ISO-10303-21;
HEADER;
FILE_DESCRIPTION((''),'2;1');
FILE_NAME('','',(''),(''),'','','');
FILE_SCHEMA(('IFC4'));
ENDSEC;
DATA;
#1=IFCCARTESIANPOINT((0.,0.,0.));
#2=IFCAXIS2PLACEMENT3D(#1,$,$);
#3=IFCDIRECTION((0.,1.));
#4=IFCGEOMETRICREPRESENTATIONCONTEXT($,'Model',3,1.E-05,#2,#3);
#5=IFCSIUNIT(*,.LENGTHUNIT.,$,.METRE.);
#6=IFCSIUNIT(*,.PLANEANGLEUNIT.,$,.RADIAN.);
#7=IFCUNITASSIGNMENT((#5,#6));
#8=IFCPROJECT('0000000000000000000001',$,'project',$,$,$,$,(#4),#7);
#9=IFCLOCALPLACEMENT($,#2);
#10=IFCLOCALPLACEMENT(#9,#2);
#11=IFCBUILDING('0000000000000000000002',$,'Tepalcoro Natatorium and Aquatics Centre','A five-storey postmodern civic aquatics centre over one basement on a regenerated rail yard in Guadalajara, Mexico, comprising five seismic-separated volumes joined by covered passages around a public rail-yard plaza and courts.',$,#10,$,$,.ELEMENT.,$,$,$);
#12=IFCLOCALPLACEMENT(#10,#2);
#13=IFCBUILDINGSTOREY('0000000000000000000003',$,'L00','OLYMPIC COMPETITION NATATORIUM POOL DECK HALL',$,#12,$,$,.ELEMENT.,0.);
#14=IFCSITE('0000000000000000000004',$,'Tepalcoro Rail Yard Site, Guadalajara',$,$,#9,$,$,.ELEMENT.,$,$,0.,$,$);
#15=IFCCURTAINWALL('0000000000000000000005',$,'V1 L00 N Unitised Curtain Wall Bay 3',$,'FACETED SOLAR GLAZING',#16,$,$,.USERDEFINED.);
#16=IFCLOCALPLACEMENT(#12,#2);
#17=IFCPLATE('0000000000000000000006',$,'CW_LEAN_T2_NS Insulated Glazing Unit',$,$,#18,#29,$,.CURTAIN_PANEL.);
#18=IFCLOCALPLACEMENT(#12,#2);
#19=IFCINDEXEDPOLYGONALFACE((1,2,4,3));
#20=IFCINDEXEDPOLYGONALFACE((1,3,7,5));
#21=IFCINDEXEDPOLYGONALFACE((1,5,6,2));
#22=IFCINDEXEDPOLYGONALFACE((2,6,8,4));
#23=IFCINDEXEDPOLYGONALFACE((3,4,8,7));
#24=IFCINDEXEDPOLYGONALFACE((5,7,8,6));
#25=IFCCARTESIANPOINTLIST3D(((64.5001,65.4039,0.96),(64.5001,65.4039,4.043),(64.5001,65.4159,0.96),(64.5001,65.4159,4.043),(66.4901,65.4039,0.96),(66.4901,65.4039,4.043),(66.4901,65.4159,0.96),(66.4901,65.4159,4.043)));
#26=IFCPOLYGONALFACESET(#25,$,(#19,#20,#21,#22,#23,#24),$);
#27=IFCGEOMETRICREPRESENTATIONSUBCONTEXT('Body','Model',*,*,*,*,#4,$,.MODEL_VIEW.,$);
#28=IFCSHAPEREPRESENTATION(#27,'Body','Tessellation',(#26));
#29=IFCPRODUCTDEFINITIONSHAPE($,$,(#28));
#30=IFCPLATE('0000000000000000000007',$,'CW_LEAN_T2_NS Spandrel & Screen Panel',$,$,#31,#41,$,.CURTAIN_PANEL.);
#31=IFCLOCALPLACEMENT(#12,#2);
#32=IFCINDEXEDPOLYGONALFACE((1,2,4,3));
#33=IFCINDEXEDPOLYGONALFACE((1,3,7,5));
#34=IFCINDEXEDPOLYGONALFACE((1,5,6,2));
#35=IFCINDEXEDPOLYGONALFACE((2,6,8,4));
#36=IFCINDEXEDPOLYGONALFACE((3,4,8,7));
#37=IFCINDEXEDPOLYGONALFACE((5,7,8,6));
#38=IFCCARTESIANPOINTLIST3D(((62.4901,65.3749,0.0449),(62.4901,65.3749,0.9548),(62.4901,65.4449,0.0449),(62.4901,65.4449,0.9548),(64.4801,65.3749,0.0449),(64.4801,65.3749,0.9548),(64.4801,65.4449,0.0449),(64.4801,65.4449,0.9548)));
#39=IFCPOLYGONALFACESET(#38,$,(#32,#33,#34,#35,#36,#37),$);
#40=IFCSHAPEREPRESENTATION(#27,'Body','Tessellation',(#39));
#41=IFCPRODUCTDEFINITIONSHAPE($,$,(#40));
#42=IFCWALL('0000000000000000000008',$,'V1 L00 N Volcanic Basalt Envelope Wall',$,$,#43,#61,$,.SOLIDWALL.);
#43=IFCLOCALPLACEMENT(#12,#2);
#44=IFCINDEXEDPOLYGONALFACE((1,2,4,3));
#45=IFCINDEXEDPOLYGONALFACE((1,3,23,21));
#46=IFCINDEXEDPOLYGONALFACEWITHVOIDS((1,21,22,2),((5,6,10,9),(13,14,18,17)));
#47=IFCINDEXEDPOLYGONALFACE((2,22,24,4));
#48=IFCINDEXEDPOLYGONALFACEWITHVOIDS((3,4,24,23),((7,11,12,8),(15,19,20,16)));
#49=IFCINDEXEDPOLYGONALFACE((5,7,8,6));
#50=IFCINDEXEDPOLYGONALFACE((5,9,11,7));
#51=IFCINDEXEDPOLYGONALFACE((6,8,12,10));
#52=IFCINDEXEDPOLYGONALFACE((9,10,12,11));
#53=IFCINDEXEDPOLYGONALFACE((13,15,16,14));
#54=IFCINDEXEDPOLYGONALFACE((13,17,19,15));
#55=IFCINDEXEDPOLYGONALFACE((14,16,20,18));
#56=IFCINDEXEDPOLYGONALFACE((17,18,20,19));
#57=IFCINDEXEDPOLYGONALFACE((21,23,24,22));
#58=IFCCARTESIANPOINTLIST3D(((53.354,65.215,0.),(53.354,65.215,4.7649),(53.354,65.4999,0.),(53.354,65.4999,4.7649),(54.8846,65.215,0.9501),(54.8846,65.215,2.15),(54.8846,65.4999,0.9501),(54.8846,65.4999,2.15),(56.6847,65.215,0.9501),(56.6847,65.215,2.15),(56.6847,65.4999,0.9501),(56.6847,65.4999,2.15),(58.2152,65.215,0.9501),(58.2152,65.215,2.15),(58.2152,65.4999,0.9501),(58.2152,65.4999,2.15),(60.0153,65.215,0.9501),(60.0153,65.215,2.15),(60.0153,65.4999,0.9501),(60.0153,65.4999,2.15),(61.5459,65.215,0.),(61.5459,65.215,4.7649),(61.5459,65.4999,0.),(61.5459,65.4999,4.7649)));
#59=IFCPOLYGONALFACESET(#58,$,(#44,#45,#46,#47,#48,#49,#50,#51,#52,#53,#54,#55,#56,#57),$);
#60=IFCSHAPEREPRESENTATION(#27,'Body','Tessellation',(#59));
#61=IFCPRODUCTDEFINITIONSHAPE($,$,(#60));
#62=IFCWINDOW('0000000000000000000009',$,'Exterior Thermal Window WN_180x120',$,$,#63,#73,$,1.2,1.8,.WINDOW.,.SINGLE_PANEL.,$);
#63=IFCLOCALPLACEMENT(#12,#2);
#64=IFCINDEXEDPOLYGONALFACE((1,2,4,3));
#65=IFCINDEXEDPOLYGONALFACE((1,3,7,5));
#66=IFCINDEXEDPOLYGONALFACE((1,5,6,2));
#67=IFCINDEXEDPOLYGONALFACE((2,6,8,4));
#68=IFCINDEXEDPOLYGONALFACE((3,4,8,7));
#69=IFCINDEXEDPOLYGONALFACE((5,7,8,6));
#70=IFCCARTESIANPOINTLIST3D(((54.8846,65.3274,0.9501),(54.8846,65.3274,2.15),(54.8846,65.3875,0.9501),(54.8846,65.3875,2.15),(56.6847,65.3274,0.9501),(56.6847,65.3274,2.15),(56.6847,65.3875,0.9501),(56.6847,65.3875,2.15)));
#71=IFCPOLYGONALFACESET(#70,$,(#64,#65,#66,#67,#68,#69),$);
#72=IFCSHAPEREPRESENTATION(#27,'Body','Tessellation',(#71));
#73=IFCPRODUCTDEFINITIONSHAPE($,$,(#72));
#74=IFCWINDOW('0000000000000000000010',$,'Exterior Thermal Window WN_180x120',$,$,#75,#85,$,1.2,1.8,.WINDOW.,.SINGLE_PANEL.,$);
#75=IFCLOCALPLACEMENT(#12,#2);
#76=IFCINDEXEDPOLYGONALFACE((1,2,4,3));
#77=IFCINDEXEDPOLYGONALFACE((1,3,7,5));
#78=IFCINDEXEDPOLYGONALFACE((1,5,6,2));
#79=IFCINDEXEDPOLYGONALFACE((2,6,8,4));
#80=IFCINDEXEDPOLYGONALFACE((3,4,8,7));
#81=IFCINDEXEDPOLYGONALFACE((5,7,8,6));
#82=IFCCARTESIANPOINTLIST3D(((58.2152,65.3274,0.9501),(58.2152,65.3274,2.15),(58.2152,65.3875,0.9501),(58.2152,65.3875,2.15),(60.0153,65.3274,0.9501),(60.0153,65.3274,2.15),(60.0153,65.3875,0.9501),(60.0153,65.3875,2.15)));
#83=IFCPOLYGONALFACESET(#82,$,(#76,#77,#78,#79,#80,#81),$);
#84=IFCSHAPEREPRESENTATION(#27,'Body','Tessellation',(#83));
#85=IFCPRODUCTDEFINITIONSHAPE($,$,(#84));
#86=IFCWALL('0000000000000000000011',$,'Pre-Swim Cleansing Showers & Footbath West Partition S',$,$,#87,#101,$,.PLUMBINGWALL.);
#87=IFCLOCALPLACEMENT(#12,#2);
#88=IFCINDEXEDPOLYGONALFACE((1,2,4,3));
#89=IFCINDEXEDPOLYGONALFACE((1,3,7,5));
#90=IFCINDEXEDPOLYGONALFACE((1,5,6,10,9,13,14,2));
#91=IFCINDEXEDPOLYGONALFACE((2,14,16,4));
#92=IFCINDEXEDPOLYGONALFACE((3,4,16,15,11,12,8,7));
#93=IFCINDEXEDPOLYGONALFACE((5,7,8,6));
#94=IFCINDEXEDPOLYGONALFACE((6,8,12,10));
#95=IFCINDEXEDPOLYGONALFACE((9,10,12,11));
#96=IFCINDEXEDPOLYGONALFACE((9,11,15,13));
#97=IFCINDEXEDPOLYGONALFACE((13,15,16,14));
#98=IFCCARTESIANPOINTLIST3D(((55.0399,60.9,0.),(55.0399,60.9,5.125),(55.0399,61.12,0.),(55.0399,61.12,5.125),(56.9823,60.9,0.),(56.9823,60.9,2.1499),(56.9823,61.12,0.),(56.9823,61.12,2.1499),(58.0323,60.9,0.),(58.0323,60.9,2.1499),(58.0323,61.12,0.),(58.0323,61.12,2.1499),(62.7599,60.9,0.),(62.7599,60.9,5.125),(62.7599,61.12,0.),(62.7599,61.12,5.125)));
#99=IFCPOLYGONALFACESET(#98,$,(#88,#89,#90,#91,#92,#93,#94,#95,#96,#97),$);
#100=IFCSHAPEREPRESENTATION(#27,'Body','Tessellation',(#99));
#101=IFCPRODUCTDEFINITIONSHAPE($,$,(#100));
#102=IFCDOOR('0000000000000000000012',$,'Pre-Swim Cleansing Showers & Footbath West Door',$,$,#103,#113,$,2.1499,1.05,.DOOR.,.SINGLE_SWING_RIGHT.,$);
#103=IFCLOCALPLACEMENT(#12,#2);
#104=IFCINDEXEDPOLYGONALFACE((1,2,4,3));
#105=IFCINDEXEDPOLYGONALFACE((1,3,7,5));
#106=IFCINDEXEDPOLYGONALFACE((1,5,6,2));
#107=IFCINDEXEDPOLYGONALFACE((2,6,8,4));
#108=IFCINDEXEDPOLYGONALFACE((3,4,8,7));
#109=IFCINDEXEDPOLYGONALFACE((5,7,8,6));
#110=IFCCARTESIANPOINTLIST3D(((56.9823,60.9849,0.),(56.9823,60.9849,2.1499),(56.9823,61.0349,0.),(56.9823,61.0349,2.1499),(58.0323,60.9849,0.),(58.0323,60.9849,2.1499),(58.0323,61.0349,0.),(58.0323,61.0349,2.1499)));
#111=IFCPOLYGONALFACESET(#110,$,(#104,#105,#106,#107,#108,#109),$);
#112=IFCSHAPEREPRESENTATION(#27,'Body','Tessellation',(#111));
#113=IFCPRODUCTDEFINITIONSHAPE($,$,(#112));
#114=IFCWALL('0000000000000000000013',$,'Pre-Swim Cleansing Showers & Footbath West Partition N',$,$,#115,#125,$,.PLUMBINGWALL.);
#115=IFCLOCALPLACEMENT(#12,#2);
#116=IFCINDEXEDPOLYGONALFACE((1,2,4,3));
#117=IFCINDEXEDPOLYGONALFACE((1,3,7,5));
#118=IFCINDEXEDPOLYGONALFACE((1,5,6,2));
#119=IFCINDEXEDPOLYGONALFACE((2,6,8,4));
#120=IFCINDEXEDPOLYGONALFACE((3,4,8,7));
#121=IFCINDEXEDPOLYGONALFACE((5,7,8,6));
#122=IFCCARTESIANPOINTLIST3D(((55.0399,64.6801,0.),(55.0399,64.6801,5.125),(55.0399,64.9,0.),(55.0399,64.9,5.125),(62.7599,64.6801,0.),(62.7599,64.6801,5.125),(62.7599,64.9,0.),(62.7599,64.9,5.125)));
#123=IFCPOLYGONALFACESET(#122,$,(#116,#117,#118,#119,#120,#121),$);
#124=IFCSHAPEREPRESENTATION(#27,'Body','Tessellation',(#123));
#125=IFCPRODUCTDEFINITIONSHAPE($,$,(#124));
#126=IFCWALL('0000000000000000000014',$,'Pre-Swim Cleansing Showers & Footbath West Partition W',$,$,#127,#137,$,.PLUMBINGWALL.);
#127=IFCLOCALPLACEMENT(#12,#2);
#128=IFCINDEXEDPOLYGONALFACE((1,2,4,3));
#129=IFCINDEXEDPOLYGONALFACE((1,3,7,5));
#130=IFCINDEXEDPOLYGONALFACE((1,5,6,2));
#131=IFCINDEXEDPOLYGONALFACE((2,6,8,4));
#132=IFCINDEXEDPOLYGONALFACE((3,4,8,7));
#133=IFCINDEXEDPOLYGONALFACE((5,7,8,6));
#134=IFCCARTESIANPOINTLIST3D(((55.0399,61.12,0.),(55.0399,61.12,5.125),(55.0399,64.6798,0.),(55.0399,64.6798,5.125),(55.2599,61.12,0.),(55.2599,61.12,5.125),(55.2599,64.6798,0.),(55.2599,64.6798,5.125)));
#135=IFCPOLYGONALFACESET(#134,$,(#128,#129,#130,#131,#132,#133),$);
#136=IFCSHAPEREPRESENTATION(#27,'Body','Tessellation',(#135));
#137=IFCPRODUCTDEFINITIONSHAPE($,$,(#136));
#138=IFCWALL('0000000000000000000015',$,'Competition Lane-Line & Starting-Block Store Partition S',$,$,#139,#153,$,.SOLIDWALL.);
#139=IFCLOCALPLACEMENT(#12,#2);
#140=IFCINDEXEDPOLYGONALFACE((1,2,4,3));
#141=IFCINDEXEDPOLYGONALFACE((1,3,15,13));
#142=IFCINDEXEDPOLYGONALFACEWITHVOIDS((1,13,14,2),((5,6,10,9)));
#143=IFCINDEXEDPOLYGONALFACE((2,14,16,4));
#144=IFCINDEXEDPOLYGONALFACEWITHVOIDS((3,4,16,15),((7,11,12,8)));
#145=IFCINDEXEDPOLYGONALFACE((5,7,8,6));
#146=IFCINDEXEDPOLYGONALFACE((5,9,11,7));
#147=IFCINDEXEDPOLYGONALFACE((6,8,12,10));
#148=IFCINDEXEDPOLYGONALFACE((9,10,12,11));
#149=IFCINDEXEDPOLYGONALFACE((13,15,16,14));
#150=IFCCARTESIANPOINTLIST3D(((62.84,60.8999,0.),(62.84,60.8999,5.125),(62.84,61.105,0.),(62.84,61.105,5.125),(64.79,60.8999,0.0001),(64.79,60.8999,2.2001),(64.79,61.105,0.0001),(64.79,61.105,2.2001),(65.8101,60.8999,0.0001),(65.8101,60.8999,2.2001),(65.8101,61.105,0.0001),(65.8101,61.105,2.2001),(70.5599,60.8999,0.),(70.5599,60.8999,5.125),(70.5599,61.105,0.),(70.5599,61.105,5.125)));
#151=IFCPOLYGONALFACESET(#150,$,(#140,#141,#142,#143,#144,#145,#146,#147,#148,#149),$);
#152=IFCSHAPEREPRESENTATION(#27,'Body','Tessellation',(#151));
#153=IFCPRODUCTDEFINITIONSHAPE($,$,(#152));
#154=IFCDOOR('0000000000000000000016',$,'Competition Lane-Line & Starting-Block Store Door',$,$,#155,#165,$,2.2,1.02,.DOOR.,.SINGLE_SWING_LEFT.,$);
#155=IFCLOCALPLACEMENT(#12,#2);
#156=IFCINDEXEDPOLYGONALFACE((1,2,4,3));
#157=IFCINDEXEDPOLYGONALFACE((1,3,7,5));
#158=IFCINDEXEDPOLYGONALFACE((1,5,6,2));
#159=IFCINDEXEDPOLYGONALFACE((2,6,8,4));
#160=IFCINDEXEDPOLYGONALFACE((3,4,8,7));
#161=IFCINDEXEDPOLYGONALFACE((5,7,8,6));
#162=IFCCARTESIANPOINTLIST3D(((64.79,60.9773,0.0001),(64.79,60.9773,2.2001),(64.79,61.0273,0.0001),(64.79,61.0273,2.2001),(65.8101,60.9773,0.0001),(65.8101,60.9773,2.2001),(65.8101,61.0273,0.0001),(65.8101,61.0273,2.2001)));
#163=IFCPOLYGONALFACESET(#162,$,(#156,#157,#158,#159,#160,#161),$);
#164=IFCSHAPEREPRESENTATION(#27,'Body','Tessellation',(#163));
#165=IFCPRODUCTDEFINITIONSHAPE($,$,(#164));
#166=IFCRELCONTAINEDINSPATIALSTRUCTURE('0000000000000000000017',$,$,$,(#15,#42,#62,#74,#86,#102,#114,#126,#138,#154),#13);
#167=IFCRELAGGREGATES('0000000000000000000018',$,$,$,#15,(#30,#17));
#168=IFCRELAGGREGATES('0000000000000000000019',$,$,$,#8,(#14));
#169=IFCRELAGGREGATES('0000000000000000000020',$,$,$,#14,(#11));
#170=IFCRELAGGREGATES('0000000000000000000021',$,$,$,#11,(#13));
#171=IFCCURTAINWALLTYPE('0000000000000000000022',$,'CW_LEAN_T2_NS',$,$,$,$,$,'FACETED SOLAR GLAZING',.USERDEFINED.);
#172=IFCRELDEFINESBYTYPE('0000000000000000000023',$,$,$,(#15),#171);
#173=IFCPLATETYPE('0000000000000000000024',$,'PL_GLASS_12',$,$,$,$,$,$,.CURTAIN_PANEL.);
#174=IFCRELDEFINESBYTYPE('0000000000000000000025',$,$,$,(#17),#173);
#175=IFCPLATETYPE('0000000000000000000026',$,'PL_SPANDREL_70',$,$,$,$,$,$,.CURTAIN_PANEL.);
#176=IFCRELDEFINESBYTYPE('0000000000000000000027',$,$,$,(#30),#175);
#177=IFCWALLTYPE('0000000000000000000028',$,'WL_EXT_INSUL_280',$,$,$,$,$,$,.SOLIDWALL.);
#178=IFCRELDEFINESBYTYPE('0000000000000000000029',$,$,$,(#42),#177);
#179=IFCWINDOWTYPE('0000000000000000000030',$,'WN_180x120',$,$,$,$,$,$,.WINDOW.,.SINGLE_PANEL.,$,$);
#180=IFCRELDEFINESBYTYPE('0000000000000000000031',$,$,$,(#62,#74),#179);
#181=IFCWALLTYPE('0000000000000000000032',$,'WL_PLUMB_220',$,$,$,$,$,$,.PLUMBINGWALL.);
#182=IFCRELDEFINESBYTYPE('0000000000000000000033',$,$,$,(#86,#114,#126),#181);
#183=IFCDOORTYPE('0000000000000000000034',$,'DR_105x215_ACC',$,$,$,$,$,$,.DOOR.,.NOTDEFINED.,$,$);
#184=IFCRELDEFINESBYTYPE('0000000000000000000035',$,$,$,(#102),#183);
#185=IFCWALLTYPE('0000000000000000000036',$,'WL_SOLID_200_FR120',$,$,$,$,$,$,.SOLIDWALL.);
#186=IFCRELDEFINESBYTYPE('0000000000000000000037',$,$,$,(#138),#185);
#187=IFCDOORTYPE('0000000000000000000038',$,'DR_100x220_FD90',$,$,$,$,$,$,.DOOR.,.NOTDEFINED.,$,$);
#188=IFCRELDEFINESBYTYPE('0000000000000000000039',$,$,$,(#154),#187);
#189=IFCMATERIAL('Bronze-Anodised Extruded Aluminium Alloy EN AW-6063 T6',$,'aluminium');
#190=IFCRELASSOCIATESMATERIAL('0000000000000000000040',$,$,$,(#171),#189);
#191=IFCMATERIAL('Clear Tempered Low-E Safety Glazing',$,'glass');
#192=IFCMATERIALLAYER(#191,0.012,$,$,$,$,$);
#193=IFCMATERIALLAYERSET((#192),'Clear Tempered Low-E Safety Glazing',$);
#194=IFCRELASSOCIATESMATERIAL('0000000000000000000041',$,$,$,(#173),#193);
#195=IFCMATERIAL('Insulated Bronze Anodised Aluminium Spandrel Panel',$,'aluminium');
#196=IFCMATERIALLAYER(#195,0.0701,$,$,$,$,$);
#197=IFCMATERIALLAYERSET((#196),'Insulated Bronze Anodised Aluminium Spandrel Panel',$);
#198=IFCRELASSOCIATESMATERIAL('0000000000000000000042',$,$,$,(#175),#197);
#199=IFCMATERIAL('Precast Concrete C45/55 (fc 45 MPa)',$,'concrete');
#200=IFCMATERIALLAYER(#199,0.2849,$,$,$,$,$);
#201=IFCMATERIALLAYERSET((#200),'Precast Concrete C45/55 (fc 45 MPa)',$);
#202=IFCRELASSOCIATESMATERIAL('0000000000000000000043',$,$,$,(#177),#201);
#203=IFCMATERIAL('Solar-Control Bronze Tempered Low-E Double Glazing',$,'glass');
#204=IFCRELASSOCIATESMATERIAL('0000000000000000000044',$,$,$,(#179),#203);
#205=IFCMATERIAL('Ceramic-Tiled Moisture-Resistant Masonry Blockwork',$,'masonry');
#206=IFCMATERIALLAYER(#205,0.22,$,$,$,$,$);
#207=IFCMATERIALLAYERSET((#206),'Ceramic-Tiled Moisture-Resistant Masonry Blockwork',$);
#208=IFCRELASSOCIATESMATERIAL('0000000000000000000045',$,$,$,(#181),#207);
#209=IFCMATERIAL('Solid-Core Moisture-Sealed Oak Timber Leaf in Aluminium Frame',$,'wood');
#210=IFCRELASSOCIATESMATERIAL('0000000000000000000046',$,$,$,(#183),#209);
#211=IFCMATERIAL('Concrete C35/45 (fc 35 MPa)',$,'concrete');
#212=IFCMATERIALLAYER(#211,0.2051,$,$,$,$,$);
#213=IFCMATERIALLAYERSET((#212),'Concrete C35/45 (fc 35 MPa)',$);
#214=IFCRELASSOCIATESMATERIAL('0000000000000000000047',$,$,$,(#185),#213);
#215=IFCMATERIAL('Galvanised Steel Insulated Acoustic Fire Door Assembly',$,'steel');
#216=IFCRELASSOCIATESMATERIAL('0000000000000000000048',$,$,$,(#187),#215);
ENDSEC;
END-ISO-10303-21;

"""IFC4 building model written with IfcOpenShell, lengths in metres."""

from ifc_helpers import new_model, si_unit, direction, frame, frame_2d, origin, origin_2d, place, context, subcontext, project, spatial, rectangle, extrude, material, layer, layer_set, type_object, element, fill, aggregate, save


model = new_model("IFC4")

# Units and contexts
model_context = context("Model", 3, precision=1e-05, world=origin(), true_north=direction((0.0, 1.0)))
body_context = subcontext(model_context, "Body", "Model", "MODEL_VIEW")
ifc_project = project(units=[si_unit("LENGTHUNIT", "METRE"), si_unit("PLANEANGLEUNIT", "RADIAN")], contexts=[model_context])

# Site, building, storey
site_placement = place(None, origin())
site = spatial("IfcSite", under=ifc_project, at=site_placement, Name="Tepalcoro Rail Yard Site, Guadalajara", CompositionType="ELEMENT", RefElevation=0.0)
building_placement = place(site_placement, origin())
building = spatial("IfcBuilding", under=site, at=building_placement, Name="Tepalcoro Natatorium and Aquatics Centre", Description="A five-storey postmodern civic aquatics centre over one basement on a regenerated rail yard in Guadalajara, Mexico, comprising five seismic-separated volumes joined by covered passages around a public rail-yard plaza and courts.", CompositionType="ELEMENT")
storey_placement = place(building_placement, origin())
storey = spatial("IfcBuildingStorey", under=building, at=storey_placement, Name="L00", Description="OLYMPIC COMPETITION NATATORIUM POOL DECK HALL", CompositionType="ELEMENT", Elevation=0.0)

# Curtain wall
ifc_material_1 = material(Name="Bronze-Anodised Extruded Aluminium Alloy EN AW-6063 T6", Category="aluminium")
curtain_wall_type = type_object("IfcCurtainWallType", Name="CW_LEAN_T2_NS", ElementType="FACETED SOLAR GLAZING", PredefinedType="USERDEFINED", material=ifc_material_1)
curtain_wall_placement = place(storey_placement, origin())
curtain_wall = element("IfcCurtainWall", 1, at=curtain_wall_placement, inside=storey, type_object=curtain_wall_type, Name="V1 L00 N Unitised Curtain Wall Bay 3", ObjectType="FACETED SOLAR GLAZING", PredefinedType="USERDEFINED")

# Plates
ifc_material_2 = material(Name="Solar-Control Bronze Tempered Low-E Double Glazing", Category="glass")
ifc_material_3 = material(Name="Clear Tempered Low-E Safety Glazing", Category="glass")
ifc_layer_1 = layer(ifc_material_3, 0.012)
ifc_layer_set_1 = layer_set([ifc_layer_1], Name="Clear Tempered Low-E Safety Glazing")
plate_type_1 = type_object("IfcPlateType", Name="PL_GLASS_12", PredefinedType="CURTAIN_PANEL", material=ifc_layer_set_1)
plate_1_placement = place(storey_placement, frame((65.4951, 65.4099, 0.96), z_axis=(0.0, 0.0, 1.0), x_axis=(1.0, 0.0, 0.0)))
plate_1 = element("IfcPlate", 2, at=plate_1_placement, type_object=plate_type_1, Name="CW_LEAN_T2_NS Insulated Glazing Unit", PredefinedType="CURTAIN_PANEL", context=body_context, shape_type="SweptSolid", body=[
    extrude(rectangle(XDim=1.99, YDim=0.012, at=origin_2d()), origin(), (0.0, 0.0, 1.0), 3.083),
])
ifc_material_4 = material(Name="Insulated Bronze Anodised Aluminium Spandrel Panel", Category="aluminium")
ifc_layer_2 = layer(ifc_material_4, 0.0701)
ifc_layer_set_2 = layer_set([ifc_layer_2], Name="Insulated Bronze Anodised Aluminium Spandrel Panel")
plate_type_2 = type_object("IfcPlateType", Name="PL_SPANDREL_70", PredefinedType="CURTAIN_PANEL", material=ifc_layer_set_2)
plate_2_placement = place(storey_placement, frame((63.4851, 65.4099, 0.0449), z_axis=(0.0, 0.0, 1.0), x_axis=(1.0, 0.0, 0.0)))
plate_2 = element("IfcPlate", 3, at=plate_2_placement, type_object=plate_type_2, Name="CW_LEAN_T2_NS Spandrel & Screen Panel", PredefinedType="CURTAIN_PANEL", context=body_context, shape_type="SweptSolid", body=[
    extrude(rectangle(XDim=1.99, YDim=0.0701, at=origin_2d()), origin(), (0.0, 0.0, 1.0), 0.9099),
])
aggregate(curtain_wall, [plate_2, plate_1])

# Wall, openings, windows
ifc_material_5 = material(Name="Precast Concrete C45/55 (fc 45 MPa)", Category="concrete")
ifc_layer_3 = layer(ifc_material_5, 0.2849)
ifc_layer_set_3 = layer_set([ifc_layer_3], Name="Precast Concrete C45/55 (fc 45 MPa)")
wall_type_1 = type_object("IfcWallType", Name="WL_EXT_INSUL_280", PredefinedType="SOLIDWALL", material=ifc_layer_set_3)
wall_1_placement = place(storey_placement, frame((53.354, 65.3574, 0.0), z_axis=(0.0, 0.0, 1.0), x_axis=(1.0, 0.0, 0.0)))
wall_1 = element("IfcWall", 4, at=wall_1_placement, inside=storey, type_object=wall_type_1, Name="V1 L00 N Volcanic Basalt Envelope Wall", PredefinedType="SOLIDWALL", context=body_context, shape_type="SweptSolid", body=[
    extrude(rectangle(XDim=8.1919, YDim=0.2849, at=frame_2d((4.0959, 0.0))), origin(), (0.0, 0.0, 1.0), 4.7649),
])
opening_1_placement = place(wall_1_placement, frame((1.5308, 0.0, 0.95)))
opening_1 = element("IfcOpeningElement", 5, at=opening_1_placement, cuts=wall_1, PredefinedType="OPENING", context=body_context, shape_type="SweptSolid", body=[
    extrude(rectangle(XDim=1.8, YDim=1.2, at=frame_2d((0.8999, 0.6001))), frame((0.0, 0.1543, 0.0), z_axis=(0.0, -1.0, 0.0), x_axis=(1.0, 0.0, 0.0)), (0.0, 0.0, 1.0), 0.3088),
])
opening_2_placement = place(wall_1_placement, frame((4.8613, 0.0, 0.95)))
opening_2 = element("IfcOpeningElement", 6, at=opening_2_placement, cuts=wall_1, PredefinedType="OPENING", context=body_context, shape_type="SweptSolid", body=[
    extrude(rectangle(XDim=1.8, YDim=1.2, at=frame_2d((0.8999, 0.6001))), frame((0.0, 0.1543, 0.0), z_axis=(0.0, -1.0, 0.0), x_axis=(1.0, 0.0, 0.0)), (0.0, 0.0, 1.0), 0.3088),
])
window_type = type_object("IfcWindowType", Name="WN_180x120", PartitioningType="SINGLE_PANEL", PredefinedType="WINDOW", material=ifc_material_2)
window_1_placement = place(opening_1_placement, origin())
window_1 = element("IfcWindow", 7, at=window_1_placement, inside=storey, type_object=window_type, Name="Exterior Thermal Window WN_180x120", OverallHeight=1.2, OverallWidth=1.8, PartitioningType="SINGLE_PANEL", PredefinedType="WINDOW", context=body_context, shape_type="SweptSolid", body=[
    extrude(rectangle(XDim=1.8, YDim=1.2, at=frame_2d((0.8999, 0.6001))), frame((0.0, 0.03, 0.0), z_axis=(0.0, -1.0, 0.0), x_axis=(1.0, 0.0, 0.0)), (0.0, 0.0, 1.0), 0.0601),
])
fill(opening_1, window_1)
window_2_placement = place(opening_2_placement, origin())
window_2 = element("IfcWindow", 8, at=window_2_placement, inside=storey, type_object=window_type, Name="Exterior Thermal Window WN_180x120", OverallHeight=1.2, OverallWidth=1.8, PartitioningType="SINGLE_PANEL", PredefinedType="WINDOW", context=body_context, shape_type="SweptSolid", body=[
    extrude(rectangle(XDim=1.8, YDim=1.2, at=frame_2d((0.8999, 0.6001))), frame((0.0, 0.03, 0.0), z_axis=(0.0, -1.0, 0.0), x_axis=(1.0, 0.0, 0.0)), (0.0, 0.0, 1.0), 0.0601),
])
fill(opening_2, window_2)

# Wall, opening, door
ifc_material_6 = material(Name="Ceramic-Tiled Moisture-Resistant Masonry Blockwork", Category="masonry")
ifc_layer_4 = layer(ifc_material_6, 0.22)
ifc_layer_set_4 = layer_set([ifc_layer_4], Name="Ceramic-Tiled Moisture-Resistant Masonry Blockwork")
wall_type_2 = type_object("IfcWallType", Name="WL_PLUMB_220", PredefinedType="PLUMBINGWALL", material=ifc_layer_set_4)
wall_2_placement = place(storey_placement, frame((55.04, 61.01, 0.0), z_axis=(0.0, 0.0, 1.0), x_axis=(1.0, 0.0, 0.0)))
wall_2 = element("IfcWall", 9, at=wall_2_placement, inside=storey, type_object=wall_type_2, Name="Pre-Swim Cleansing Showers & Footbath West Partition S", PredefinedType="PLUMBINGWALL", context=body_context, shape_type="SweptSolid", body=[
    extrude(rectangle(XDim=7.72, YDim=0.22, at=frame_2d((3.8599, 0.0))), origin(), (0.0, 0.0, 1.0), 5.125),
])
opening_3_placement = place(wall_2_placement, frame((1.9424, 0.0, 0.0)))
opening_3 = element("IfcOpeningElement", 10, at=opening_3_placement, cuts=wall_2, PredefinedType="OPENING", context=body_context, shape_type="SweptSolid", body=[
    extrude(rectangle(XDim=1.05, YDim=2.1499, at=frame_2d((0.5249, 1.075))), frame((0.0, 0.1221, 0.0), z_axis=(0.0, -1.0, 0.0), x_axis=(1.0, 0.0, 0.0)), (0.0, 0.0, 1.0), 0.2439),
])
ifc_material_7 = material(Name="Solid-Core Moisture-Sealed Oak Timber Leaf in Aluminium Frame", Category="wood")
door_type_1 = type_object("IfcDoorType", Name="DR_105x215_ACC", OperationType="NOTDEFINED", PredefinedType="DOOR", material=ifc_material_7)
door_1_placement = place(opening_3_placement, origin())
door_1 = element("IfcDoor", 11, at=door_1_placement, inside=storey, type_object=door_type_1, Name="Pre-Swim Cleansing Showers & Footbath West Door", OperationType="SINGLE_SWING_RIGHT", OverallHeight=2.1499, OverallWidth=1.05, PredefinedType="DOOR", context=body_context, shape_type="SweptSolid", body=[
    extrude(rectangle(XDim=1.05, YDim=2.1499, at=frame_2d((0.5249, 1.075))), frame((0.0, 0.0249, 0.0), z_axis=(0.0, -1.0, 0.0), x_axis=(1.0, 0.0, 0.0)), (0.0, 0.0, 1.0), 0.05),
])
fill(opening_3, door_1)

# Walls
wall_3_placement = place(storey_placement, frame((55.04, 64.79, 0.0), z_axis=(0.0, 0.0, 1.0), x_axis=(1.0, 0.0, 0.0)))
element("IfcWall", 12, at=wall_3_placement, inside=storey, type_object=wall_type_2, Name="Pre-Swim Cleansing Showers & Footbath West Partition N", PredefinedType="PLUMBINGWALL", context=body_context, shape_type="SweptSolid", body=[
    extrude(rectangle(XDim=7.72, YDim=0.22, at=frame_2d((3.8599, 0.0))), origin(), (0.0, 0.0, 1.0), 5.125),
])
wall_4_placement = place(storey_placement, frame((55.1499, 61.1201, 0.0), z_axis=(0.0, 0.0, 1.0), x_axis=(0.0, 1.0, 0.0)))
element("IfcWall", 13, at=wall_4_placement, inside=storey, type_object=wall_type_2, Name="Pre-Swim Cleansing Showers & Footbath West Partition W", PredefinedType="PLUMBINGWALL", context=body_context, shape_type="SweptSolid", body=[
    extrude(rectangle(XDim=3.5598, YDim=0.22, at=frame_2d((1.7798, 0.0))), origin(), (0.0, 0.0, 1.0), 5.125),
])

# Wall, opening, door
ifc_material_8 = material(Name="Concrete C35/45 (fc 35 MPa)", Category="concrete")
ifc_layer_5 = layer(ifc_material_8, 0.2051)
ifc_layer_set_5 = layer_set([ifc_layer_5], Name="Concrete C35/45 (fc 35 MPa)")
wall_type_3 = type_object("IfcWallType", Name="WL_SOLID_200_FR120", PredefinedType="SOLIDWALL", material=ifc_layer_set_5)
wall_5_placement = place(storey_placement, frame((62.8401, 61.0024, 0.0), z_axis=(0.0, 0.0, 1.0), x_axis=(1.0, 0.0, 0.0)))
wall_5 = element("IfcWall", 14, at=wall_5_placement, inside=storey, type_object=wall_type_3, Name="Competition Lane-Line & Starting-Block Store Partition S", PredefinedType="SOLIDWALL", context=body_context, shape_type="SweptSolid", body=[
    extrude(rectangle(XDim=7.72, YDim=0.2051, at=frame_2d((3.8599, 0.0))), origin(), (0.0, 0.0, 1.0), 5.125),
])
opening_4_placement = place(wall_5_placement, frame((1.95, 0.0, 0.0)))
opening_4 = element("IfcOpeningElement", 15, at=opening_4_placement, cuts=wall_5, PredefinedType="OPENING", context=body_context, shape_type="SweptSolid", body=[
    extrude(rectangle(XDim=1.02, YDim=2.2, at=frame_2d((0.51, 1.1001))), frame((0.0, 0.1145, 0.0), z_axis=(0.0, -1.0, 0.0), x_axis=(1.0, 0.0, 0.0)), (0.0, 0.0, 1.0), 0.229),
])
ifc_material_9 = material(Name="Galvanised Steel Insulated Acoustic Fire Door Assembly", Category="steel")
door_type_2 = type_object("IfcDoorType", Name="DR_100x220_FD90", OperationType="NOTDEFINED", PredefinedType="DOOR", material=ifc_material_9)
door_2_placement = place(opening_4_placement, origin())
door_2 = element("IfcDoor", 16, at=door_2_placement, inside=storey, type_object=door_type_2, Name="Competition Lane-Line & Starting-Block Store Door", OperationType="SINGLE_SWING_LEFT", OverallHeight=2.2, OverallWidth=1.02, PredefinedType="DOOR", context=body_context, shape_type="SweptSolid", body=[
    extrude(rectangle(XDim=1.02, YDim=2.2, at=frame_2d((0.51, 1.1001))), frame((0.0, 0.0249, 0.0), z_axis=(0.0, -1.0, 0.0), x_axis=(1.0, 0.0, 0.0)), (0.0, 0.0, 1.0), 0.05),
])
fill(opening_4, door_2)

save(model, "model.ifc")
